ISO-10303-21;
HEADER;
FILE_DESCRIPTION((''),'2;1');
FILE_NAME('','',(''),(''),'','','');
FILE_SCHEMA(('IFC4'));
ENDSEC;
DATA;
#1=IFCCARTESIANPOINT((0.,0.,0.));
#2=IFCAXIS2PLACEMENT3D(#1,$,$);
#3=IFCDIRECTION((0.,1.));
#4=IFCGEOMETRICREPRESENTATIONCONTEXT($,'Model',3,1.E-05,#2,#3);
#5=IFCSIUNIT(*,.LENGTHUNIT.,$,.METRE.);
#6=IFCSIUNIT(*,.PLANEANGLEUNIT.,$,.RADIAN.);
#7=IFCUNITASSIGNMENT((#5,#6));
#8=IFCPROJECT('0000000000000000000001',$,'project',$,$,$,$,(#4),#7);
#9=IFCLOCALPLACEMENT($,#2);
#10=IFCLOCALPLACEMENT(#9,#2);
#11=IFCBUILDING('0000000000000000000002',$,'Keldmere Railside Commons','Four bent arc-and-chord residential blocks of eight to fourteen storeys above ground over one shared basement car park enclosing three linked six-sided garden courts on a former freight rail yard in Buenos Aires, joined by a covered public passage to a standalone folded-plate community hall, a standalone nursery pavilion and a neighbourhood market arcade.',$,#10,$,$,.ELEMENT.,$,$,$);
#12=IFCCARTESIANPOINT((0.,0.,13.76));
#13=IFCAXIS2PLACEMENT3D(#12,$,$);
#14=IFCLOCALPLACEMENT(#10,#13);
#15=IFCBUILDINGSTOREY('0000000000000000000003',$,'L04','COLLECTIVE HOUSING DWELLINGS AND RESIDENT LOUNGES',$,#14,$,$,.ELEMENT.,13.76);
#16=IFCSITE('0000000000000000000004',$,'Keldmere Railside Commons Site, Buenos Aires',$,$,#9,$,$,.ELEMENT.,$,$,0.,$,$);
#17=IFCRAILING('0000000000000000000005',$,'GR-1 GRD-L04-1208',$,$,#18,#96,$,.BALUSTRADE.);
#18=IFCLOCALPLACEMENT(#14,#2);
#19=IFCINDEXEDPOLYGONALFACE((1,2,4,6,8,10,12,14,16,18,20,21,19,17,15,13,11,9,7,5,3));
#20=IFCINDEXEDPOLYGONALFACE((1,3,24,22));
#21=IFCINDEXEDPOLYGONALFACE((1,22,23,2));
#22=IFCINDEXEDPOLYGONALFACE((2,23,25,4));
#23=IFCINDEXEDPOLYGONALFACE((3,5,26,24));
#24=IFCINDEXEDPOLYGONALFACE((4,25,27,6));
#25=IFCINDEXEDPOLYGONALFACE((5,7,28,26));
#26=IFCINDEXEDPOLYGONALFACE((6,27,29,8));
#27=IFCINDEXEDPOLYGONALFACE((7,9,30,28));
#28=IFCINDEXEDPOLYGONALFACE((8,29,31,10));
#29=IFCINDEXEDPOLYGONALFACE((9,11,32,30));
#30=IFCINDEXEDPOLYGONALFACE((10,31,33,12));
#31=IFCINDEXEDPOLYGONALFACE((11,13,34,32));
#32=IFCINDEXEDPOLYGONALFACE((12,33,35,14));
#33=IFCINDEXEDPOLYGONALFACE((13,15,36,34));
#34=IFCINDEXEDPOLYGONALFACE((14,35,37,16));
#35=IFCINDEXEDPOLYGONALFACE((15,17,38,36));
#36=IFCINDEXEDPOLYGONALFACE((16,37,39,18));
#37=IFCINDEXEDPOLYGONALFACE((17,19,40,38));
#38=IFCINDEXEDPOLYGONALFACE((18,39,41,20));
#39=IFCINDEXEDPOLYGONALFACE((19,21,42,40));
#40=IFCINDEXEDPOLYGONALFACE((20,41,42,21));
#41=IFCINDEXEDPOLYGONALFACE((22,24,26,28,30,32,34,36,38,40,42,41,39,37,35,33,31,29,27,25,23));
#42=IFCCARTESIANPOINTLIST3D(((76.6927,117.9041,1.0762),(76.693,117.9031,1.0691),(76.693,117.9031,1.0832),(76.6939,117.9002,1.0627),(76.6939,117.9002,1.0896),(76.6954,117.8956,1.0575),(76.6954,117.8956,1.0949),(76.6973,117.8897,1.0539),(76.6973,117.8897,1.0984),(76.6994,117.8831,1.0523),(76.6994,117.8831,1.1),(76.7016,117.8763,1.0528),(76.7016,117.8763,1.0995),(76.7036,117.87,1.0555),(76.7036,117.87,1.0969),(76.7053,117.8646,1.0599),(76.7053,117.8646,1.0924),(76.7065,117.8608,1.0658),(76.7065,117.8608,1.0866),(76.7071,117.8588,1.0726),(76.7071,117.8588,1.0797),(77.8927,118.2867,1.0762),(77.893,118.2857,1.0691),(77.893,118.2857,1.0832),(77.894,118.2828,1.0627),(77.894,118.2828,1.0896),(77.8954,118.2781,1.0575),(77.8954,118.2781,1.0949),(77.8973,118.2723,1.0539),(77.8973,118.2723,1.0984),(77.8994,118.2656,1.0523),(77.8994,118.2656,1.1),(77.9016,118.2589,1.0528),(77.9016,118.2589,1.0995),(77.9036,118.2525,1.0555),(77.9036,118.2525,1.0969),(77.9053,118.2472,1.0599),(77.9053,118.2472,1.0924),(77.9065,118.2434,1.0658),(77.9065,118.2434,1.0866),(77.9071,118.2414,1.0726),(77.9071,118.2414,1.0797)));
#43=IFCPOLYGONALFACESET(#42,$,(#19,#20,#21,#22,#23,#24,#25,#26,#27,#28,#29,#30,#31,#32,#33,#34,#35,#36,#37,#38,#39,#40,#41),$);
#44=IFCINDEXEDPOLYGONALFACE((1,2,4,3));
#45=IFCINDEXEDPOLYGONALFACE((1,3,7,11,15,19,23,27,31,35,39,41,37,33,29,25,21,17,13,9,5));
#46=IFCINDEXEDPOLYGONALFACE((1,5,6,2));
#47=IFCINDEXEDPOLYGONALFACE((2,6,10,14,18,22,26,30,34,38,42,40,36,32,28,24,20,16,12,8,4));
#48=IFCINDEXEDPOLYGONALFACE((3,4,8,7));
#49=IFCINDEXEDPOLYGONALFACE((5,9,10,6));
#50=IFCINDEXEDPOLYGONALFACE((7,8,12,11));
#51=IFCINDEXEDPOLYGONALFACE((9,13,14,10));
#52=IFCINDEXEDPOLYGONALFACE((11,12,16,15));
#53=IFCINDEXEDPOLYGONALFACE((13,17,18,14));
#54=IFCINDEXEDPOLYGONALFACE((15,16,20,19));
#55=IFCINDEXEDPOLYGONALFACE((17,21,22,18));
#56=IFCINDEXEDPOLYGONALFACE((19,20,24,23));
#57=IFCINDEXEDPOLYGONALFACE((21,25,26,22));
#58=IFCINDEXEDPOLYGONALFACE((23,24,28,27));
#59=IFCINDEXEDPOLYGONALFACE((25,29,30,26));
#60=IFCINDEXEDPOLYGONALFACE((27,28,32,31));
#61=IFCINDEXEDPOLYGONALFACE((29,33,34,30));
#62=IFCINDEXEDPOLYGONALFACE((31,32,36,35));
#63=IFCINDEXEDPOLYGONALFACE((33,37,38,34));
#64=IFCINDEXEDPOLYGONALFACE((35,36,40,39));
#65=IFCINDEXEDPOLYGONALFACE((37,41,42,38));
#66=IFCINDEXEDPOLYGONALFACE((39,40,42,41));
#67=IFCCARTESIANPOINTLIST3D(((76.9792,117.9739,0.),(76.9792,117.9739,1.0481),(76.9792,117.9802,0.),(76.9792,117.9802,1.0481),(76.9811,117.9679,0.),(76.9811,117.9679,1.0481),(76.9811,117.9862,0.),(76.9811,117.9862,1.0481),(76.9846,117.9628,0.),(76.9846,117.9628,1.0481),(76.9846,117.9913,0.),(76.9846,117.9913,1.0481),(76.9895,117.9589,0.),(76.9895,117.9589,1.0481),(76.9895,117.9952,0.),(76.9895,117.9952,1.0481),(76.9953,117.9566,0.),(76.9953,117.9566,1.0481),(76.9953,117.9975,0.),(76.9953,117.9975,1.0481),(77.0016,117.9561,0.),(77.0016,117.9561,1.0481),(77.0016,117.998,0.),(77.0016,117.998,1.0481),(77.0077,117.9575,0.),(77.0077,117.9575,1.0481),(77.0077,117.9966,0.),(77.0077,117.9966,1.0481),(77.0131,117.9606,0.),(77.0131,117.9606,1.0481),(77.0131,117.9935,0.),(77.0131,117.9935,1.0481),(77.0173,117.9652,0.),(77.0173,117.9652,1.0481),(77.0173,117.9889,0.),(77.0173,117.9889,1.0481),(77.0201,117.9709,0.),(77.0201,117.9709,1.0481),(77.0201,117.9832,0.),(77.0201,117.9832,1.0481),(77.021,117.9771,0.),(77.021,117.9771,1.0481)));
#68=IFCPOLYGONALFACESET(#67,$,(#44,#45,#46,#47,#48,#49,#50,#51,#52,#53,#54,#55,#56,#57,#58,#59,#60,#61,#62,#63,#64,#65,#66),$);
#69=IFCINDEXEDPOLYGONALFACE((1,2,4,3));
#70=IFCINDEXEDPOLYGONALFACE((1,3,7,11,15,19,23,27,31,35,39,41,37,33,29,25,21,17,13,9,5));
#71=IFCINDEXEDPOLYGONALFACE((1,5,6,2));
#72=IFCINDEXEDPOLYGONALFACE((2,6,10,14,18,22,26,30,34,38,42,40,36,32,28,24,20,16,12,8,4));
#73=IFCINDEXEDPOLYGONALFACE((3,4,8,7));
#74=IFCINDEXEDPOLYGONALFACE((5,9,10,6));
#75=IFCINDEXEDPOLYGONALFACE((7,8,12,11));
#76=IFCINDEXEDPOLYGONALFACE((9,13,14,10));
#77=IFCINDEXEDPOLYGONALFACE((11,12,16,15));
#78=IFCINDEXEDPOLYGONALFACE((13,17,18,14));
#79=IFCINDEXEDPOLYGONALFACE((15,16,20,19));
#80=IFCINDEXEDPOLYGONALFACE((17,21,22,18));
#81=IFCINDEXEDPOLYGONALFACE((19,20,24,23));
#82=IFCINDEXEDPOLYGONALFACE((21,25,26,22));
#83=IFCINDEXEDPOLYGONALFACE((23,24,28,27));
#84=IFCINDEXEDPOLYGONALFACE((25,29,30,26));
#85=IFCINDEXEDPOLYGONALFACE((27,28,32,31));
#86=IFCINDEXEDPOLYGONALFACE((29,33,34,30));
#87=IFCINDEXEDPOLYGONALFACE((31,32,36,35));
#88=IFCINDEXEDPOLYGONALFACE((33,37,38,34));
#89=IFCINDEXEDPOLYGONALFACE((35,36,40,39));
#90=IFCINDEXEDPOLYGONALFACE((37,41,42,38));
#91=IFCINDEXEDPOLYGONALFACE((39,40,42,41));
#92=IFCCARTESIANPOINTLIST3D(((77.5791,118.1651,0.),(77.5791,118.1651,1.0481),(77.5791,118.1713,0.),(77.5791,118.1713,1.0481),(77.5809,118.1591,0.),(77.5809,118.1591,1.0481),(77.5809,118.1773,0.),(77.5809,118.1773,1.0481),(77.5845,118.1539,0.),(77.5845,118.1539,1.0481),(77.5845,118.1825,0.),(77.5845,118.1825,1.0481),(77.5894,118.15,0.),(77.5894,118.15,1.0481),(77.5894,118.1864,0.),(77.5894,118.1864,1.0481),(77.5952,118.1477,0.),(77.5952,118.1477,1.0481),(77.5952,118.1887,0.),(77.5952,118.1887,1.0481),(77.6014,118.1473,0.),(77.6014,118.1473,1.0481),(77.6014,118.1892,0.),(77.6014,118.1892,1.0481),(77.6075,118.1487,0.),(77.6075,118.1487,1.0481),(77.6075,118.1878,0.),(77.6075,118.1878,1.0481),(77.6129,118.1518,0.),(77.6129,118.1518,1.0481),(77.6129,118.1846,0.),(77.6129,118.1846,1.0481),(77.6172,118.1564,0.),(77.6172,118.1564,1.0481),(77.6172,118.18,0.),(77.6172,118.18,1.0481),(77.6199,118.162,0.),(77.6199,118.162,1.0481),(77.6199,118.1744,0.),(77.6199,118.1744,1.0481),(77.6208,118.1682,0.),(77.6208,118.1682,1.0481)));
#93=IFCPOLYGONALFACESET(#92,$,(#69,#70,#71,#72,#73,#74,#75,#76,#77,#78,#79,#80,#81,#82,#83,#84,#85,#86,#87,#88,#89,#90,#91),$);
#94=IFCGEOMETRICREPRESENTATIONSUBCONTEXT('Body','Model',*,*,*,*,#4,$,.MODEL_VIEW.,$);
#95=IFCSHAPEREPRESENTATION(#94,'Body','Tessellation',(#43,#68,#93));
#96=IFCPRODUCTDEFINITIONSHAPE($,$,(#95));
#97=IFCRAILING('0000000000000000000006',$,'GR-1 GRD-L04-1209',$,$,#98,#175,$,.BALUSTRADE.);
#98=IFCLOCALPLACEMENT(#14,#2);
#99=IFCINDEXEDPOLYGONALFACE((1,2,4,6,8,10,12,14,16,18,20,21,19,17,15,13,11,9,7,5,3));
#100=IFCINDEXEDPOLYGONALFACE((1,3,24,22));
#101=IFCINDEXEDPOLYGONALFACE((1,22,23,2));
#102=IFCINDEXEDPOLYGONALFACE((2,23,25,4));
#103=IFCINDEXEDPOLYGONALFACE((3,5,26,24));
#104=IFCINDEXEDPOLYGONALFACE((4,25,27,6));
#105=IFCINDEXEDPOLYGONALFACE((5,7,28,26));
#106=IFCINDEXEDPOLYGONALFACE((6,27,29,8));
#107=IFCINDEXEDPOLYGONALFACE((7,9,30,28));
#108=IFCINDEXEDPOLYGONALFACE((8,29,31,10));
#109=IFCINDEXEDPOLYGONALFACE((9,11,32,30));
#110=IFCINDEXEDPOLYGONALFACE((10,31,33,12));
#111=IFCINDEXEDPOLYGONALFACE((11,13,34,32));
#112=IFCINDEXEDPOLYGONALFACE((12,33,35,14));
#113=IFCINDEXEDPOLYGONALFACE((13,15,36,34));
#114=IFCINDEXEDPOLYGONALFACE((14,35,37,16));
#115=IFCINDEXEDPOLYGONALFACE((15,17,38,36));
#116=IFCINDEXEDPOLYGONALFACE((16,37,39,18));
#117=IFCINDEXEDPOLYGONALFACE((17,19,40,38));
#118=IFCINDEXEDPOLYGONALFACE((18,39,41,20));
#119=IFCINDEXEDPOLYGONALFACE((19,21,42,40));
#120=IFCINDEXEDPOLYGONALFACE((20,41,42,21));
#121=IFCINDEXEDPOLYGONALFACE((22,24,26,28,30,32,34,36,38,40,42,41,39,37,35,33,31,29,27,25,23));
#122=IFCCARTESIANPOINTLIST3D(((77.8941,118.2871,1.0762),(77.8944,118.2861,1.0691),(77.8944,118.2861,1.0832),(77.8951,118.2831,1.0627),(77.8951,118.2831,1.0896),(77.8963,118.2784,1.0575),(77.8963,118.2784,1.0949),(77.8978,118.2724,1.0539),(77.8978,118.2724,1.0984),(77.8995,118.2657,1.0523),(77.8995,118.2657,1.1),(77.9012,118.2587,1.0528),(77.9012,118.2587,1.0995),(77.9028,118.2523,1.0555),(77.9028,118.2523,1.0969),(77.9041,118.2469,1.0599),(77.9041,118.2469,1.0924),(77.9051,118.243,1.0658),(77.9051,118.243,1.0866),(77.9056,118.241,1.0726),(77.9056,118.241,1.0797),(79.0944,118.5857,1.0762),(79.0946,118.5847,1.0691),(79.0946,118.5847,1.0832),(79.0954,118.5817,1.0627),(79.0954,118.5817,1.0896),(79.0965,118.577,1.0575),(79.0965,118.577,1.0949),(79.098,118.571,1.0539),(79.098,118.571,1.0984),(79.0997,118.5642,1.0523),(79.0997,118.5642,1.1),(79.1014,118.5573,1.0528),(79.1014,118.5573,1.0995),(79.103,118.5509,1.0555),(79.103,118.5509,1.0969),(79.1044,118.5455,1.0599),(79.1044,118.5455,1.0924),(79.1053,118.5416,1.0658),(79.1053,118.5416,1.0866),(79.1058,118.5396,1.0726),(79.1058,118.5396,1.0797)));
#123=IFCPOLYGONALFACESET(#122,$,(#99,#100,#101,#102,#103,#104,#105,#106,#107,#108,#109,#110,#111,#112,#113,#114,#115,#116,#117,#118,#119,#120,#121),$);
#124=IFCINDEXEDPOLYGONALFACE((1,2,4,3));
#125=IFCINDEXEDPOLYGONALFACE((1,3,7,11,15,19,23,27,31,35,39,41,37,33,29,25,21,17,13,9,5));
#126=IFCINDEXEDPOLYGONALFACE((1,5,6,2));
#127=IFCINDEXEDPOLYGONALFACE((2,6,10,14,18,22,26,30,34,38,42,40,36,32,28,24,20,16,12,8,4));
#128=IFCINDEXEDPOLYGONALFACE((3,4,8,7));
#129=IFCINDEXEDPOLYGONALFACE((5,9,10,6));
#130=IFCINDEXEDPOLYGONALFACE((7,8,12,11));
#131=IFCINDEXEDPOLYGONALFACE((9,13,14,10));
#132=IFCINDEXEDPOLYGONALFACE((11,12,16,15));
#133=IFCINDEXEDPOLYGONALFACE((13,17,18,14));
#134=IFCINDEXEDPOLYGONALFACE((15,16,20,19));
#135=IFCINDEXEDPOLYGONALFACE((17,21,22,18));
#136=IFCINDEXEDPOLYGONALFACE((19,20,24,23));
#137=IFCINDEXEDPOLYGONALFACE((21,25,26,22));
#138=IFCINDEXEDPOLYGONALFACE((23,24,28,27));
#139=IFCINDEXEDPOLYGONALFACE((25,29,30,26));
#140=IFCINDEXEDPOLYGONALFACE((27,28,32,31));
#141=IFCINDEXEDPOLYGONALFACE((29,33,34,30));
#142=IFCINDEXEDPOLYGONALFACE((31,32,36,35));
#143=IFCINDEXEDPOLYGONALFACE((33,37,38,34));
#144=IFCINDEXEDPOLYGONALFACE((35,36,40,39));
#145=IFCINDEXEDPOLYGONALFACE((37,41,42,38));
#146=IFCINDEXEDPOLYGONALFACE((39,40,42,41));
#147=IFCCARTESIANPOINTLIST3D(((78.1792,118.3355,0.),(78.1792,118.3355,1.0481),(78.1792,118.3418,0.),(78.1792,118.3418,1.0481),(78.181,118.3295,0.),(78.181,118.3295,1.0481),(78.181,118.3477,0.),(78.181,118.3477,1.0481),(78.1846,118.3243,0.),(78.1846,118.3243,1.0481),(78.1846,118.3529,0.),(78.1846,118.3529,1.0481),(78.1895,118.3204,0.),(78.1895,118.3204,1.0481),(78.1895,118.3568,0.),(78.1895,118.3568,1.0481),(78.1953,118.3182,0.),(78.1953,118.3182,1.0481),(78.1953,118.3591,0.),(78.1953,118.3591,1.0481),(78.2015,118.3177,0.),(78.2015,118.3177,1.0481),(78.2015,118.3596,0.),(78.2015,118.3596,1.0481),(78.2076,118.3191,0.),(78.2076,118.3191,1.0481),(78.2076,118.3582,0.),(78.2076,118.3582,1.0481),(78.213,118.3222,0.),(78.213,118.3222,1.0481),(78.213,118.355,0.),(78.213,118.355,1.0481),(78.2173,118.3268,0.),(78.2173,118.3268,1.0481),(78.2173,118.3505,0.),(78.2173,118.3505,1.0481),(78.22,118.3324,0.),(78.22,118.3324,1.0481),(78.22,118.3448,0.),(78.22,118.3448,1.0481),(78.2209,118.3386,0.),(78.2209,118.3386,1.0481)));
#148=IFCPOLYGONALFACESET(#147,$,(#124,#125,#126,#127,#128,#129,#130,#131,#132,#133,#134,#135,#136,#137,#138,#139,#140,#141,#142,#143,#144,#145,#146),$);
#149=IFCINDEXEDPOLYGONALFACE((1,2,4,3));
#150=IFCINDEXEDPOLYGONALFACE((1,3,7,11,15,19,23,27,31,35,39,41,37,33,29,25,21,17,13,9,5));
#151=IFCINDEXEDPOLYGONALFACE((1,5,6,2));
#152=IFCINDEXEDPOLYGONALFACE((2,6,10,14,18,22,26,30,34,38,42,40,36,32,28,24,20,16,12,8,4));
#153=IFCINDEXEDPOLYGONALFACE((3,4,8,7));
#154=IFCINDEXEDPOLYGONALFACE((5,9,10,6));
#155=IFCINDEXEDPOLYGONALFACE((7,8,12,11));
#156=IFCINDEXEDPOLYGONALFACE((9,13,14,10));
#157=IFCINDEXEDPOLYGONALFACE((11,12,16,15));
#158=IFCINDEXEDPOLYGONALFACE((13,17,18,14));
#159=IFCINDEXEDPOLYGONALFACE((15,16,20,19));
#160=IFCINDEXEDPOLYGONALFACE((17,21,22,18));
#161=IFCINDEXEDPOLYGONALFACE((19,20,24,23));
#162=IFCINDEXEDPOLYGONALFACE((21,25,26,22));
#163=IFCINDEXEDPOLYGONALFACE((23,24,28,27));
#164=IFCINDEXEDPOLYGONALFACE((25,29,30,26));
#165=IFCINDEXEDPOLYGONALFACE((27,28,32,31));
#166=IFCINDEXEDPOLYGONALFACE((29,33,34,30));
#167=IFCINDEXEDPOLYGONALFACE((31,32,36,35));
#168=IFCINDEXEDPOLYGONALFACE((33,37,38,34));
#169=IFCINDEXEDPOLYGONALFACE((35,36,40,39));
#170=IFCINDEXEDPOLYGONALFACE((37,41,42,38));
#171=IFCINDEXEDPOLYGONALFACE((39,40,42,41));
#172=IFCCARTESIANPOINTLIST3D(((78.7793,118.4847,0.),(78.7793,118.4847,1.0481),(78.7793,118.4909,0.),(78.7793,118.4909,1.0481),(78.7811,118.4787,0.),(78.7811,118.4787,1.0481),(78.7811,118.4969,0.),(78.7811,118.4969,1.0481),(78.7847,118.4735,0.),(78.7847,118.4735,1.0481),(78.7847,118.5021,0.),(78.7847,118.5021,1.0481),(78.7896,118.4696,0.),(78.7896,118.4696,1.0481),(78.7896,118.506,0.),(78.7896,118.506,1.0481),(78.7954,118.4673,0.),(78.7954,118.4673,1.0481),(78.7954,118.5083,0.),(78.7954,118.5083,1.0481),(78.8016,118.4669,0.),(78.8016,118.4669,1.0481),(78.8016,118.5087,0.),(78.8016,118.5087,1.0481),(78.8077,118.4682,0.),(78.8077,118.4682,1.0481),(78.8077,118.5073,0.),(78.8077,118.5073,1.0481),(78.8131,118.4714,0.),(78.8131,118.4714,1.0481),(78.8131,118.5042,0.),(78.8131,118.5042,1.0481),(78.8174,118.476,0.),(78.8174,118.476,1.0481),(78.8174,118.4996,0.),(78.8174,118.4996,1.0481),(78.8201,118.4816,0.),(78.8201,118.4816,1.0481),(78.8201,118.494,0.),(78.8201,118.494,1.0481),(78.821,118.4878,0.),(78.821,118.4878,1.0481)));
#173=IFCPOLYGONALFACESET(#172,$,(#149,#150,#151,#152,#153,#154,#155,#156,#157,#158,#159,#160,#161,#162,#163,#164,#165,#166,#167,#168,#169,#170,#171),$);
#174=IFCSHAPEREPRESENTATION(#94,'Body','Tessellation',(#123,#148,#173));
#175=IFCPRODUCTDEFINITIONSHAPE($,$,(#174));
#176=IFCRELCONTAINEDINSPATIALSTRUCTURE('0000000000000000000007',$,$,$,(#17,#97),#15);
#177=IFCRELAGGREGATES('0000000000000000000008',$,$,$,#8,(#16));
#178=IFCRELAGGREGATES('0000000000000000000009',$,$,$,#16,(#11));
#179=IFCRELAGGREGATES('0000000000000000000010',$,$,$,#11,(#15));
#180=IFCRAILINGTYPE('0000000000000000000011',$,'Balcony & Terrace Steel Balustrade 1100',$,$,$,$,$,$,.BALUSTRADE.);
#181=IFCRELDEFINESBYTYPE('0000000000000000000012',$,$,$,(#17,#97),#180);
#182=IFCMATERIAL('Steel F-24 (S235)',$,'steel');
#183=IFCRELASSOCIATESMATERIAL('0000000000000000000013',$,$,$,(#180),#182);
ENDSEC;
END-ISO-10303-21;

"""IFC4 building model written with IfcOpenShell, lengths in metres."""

from ifc_helpers import new_model, si_unit, direction, frame, origin, origin_2d, place, context, subcontext, project, spatial, circle, extrude, material, type_object, element, save


model = new_model("IFC4")

# Units and contexts
model_context = context("Model", 3, precision=1e-05, world=origin(), true_north=direction((0.0, 1.0)))
body_context = subcontext(model_context, "Body", "Model", "MODEL_VIEW")
ifc_project = project(units=[si_unit("LENGTHUNIT", "METRE"), si_unit("PLANEANGLEUNIT", "RADIAN")], contexts=[model_context])

# Site, building, storey
site_placement = place(None, origin())
site = spatial("IfcSite", under=ifc_project, at=site_placement, Name="Keldmere Railside Commons Site, Buenos Aires", CompositionType="ELEMENT", RefElevation=0.0)
building_placement = place(site_placement, origin())
building = spatial("IfcBuilding", under=site, at=building_placement, Name="Keldmere Railside Commons", Description="Four bent arc-and-chord residential blocks of eight to fourteen storeys above ground over one shared basement car park enclosing three linked six-sided garden courts on a former freight rail yard in Buenos Aires, joined by a covered public passage to a standalone folded-plate community hall, a standalone nursery pavilion and a neighbourhood market arcade.", CompositionType="ELEMENT")
storey_placement = place(building_placement, frame((0.0, 0.0, 13.76)))
storey = spatial("IfcBuildingStorey", under=building, at=storey_placement, Name="L04", Description="COLLECTIVE HOUSING DWELLINGS AND RESIDENT LOUNGES", CompositionType="ELEMENT", Elevation=13.76)

# Railings
ifc_material_1 = material(Name="Steel F-24 (S235)", Category="steel")
railing_type = type_object("IfcRailingType", Name="Balcony & Terrace Steel Balustrade 1100", PredefinedType="BALUSTRADE", material=ifc_material_1)
railing_1_placement = place(storey_placement, frame((76.7, 117.8813, 0.0)))
element("IfcRailing", 1, at=railing_1_placement, inside=storey, type_object=railing_type, Name="GR-1 GRD-L04-1208", PredefinedType="BALUSTRADE", context=body_context, shape_type="SweptSolid", body=[
    extrude(circle(Radius=0.0239, at=origin_2d()), frame((0.0, 0.0, 1.0762), z_axis=(0.95275, 0.303756, 0.0), x_axis=(-0.303756, 0.95275, 0.0)), (0.0, 0.0, 1.0), 1.2595),
    extrude(circle(Radius=0.021, at=origin_2d()), frame((0.3, 0.0957, 0.0)), (0.0, 0.0, 1.0), 1.0481),
    extrude(circle(Radius=0.021, at=origin_2d()), frame((0.8999, 0.2869, 0.0)), (0.0, 0.0, 1.0), 1.0481),
])
railing_2_placement = place(storey_placement, frame((77.8999, 118.2639, 0.0)))
element("IfcRailing", 2, at=railing_2_placement, inside=storey, type_object=railing_type, Name="GR-1 GRD-L04-1209", PredefinedType="BALUSTRADE", context=body_context, shape_type="SweptSolid", body=[
    extrude(circle(Radius=0.0239, at=origin_2d()), frame((0.0, 0.0, 1.0762), z_axis=(0.970421, 0.241421, 0.0), x_axis=(-0.241421, 0.970421, 0.0)), (0.0, 0.0, 1.0), 1.2368),
    extrude(circle(Radius=0.021, at=origin_2d()), frame((0.3, 0.0747, 0.0)), (0.0, 0.0, 1.0), 1.0481),
    extrude(circle(Radius=0.021, at=origin_2d()), frame((0.9001, 0.2239, 0.0)), (0.0, 0.0, 1.0), 1.0481),
])

save(model, "model.ifc")
